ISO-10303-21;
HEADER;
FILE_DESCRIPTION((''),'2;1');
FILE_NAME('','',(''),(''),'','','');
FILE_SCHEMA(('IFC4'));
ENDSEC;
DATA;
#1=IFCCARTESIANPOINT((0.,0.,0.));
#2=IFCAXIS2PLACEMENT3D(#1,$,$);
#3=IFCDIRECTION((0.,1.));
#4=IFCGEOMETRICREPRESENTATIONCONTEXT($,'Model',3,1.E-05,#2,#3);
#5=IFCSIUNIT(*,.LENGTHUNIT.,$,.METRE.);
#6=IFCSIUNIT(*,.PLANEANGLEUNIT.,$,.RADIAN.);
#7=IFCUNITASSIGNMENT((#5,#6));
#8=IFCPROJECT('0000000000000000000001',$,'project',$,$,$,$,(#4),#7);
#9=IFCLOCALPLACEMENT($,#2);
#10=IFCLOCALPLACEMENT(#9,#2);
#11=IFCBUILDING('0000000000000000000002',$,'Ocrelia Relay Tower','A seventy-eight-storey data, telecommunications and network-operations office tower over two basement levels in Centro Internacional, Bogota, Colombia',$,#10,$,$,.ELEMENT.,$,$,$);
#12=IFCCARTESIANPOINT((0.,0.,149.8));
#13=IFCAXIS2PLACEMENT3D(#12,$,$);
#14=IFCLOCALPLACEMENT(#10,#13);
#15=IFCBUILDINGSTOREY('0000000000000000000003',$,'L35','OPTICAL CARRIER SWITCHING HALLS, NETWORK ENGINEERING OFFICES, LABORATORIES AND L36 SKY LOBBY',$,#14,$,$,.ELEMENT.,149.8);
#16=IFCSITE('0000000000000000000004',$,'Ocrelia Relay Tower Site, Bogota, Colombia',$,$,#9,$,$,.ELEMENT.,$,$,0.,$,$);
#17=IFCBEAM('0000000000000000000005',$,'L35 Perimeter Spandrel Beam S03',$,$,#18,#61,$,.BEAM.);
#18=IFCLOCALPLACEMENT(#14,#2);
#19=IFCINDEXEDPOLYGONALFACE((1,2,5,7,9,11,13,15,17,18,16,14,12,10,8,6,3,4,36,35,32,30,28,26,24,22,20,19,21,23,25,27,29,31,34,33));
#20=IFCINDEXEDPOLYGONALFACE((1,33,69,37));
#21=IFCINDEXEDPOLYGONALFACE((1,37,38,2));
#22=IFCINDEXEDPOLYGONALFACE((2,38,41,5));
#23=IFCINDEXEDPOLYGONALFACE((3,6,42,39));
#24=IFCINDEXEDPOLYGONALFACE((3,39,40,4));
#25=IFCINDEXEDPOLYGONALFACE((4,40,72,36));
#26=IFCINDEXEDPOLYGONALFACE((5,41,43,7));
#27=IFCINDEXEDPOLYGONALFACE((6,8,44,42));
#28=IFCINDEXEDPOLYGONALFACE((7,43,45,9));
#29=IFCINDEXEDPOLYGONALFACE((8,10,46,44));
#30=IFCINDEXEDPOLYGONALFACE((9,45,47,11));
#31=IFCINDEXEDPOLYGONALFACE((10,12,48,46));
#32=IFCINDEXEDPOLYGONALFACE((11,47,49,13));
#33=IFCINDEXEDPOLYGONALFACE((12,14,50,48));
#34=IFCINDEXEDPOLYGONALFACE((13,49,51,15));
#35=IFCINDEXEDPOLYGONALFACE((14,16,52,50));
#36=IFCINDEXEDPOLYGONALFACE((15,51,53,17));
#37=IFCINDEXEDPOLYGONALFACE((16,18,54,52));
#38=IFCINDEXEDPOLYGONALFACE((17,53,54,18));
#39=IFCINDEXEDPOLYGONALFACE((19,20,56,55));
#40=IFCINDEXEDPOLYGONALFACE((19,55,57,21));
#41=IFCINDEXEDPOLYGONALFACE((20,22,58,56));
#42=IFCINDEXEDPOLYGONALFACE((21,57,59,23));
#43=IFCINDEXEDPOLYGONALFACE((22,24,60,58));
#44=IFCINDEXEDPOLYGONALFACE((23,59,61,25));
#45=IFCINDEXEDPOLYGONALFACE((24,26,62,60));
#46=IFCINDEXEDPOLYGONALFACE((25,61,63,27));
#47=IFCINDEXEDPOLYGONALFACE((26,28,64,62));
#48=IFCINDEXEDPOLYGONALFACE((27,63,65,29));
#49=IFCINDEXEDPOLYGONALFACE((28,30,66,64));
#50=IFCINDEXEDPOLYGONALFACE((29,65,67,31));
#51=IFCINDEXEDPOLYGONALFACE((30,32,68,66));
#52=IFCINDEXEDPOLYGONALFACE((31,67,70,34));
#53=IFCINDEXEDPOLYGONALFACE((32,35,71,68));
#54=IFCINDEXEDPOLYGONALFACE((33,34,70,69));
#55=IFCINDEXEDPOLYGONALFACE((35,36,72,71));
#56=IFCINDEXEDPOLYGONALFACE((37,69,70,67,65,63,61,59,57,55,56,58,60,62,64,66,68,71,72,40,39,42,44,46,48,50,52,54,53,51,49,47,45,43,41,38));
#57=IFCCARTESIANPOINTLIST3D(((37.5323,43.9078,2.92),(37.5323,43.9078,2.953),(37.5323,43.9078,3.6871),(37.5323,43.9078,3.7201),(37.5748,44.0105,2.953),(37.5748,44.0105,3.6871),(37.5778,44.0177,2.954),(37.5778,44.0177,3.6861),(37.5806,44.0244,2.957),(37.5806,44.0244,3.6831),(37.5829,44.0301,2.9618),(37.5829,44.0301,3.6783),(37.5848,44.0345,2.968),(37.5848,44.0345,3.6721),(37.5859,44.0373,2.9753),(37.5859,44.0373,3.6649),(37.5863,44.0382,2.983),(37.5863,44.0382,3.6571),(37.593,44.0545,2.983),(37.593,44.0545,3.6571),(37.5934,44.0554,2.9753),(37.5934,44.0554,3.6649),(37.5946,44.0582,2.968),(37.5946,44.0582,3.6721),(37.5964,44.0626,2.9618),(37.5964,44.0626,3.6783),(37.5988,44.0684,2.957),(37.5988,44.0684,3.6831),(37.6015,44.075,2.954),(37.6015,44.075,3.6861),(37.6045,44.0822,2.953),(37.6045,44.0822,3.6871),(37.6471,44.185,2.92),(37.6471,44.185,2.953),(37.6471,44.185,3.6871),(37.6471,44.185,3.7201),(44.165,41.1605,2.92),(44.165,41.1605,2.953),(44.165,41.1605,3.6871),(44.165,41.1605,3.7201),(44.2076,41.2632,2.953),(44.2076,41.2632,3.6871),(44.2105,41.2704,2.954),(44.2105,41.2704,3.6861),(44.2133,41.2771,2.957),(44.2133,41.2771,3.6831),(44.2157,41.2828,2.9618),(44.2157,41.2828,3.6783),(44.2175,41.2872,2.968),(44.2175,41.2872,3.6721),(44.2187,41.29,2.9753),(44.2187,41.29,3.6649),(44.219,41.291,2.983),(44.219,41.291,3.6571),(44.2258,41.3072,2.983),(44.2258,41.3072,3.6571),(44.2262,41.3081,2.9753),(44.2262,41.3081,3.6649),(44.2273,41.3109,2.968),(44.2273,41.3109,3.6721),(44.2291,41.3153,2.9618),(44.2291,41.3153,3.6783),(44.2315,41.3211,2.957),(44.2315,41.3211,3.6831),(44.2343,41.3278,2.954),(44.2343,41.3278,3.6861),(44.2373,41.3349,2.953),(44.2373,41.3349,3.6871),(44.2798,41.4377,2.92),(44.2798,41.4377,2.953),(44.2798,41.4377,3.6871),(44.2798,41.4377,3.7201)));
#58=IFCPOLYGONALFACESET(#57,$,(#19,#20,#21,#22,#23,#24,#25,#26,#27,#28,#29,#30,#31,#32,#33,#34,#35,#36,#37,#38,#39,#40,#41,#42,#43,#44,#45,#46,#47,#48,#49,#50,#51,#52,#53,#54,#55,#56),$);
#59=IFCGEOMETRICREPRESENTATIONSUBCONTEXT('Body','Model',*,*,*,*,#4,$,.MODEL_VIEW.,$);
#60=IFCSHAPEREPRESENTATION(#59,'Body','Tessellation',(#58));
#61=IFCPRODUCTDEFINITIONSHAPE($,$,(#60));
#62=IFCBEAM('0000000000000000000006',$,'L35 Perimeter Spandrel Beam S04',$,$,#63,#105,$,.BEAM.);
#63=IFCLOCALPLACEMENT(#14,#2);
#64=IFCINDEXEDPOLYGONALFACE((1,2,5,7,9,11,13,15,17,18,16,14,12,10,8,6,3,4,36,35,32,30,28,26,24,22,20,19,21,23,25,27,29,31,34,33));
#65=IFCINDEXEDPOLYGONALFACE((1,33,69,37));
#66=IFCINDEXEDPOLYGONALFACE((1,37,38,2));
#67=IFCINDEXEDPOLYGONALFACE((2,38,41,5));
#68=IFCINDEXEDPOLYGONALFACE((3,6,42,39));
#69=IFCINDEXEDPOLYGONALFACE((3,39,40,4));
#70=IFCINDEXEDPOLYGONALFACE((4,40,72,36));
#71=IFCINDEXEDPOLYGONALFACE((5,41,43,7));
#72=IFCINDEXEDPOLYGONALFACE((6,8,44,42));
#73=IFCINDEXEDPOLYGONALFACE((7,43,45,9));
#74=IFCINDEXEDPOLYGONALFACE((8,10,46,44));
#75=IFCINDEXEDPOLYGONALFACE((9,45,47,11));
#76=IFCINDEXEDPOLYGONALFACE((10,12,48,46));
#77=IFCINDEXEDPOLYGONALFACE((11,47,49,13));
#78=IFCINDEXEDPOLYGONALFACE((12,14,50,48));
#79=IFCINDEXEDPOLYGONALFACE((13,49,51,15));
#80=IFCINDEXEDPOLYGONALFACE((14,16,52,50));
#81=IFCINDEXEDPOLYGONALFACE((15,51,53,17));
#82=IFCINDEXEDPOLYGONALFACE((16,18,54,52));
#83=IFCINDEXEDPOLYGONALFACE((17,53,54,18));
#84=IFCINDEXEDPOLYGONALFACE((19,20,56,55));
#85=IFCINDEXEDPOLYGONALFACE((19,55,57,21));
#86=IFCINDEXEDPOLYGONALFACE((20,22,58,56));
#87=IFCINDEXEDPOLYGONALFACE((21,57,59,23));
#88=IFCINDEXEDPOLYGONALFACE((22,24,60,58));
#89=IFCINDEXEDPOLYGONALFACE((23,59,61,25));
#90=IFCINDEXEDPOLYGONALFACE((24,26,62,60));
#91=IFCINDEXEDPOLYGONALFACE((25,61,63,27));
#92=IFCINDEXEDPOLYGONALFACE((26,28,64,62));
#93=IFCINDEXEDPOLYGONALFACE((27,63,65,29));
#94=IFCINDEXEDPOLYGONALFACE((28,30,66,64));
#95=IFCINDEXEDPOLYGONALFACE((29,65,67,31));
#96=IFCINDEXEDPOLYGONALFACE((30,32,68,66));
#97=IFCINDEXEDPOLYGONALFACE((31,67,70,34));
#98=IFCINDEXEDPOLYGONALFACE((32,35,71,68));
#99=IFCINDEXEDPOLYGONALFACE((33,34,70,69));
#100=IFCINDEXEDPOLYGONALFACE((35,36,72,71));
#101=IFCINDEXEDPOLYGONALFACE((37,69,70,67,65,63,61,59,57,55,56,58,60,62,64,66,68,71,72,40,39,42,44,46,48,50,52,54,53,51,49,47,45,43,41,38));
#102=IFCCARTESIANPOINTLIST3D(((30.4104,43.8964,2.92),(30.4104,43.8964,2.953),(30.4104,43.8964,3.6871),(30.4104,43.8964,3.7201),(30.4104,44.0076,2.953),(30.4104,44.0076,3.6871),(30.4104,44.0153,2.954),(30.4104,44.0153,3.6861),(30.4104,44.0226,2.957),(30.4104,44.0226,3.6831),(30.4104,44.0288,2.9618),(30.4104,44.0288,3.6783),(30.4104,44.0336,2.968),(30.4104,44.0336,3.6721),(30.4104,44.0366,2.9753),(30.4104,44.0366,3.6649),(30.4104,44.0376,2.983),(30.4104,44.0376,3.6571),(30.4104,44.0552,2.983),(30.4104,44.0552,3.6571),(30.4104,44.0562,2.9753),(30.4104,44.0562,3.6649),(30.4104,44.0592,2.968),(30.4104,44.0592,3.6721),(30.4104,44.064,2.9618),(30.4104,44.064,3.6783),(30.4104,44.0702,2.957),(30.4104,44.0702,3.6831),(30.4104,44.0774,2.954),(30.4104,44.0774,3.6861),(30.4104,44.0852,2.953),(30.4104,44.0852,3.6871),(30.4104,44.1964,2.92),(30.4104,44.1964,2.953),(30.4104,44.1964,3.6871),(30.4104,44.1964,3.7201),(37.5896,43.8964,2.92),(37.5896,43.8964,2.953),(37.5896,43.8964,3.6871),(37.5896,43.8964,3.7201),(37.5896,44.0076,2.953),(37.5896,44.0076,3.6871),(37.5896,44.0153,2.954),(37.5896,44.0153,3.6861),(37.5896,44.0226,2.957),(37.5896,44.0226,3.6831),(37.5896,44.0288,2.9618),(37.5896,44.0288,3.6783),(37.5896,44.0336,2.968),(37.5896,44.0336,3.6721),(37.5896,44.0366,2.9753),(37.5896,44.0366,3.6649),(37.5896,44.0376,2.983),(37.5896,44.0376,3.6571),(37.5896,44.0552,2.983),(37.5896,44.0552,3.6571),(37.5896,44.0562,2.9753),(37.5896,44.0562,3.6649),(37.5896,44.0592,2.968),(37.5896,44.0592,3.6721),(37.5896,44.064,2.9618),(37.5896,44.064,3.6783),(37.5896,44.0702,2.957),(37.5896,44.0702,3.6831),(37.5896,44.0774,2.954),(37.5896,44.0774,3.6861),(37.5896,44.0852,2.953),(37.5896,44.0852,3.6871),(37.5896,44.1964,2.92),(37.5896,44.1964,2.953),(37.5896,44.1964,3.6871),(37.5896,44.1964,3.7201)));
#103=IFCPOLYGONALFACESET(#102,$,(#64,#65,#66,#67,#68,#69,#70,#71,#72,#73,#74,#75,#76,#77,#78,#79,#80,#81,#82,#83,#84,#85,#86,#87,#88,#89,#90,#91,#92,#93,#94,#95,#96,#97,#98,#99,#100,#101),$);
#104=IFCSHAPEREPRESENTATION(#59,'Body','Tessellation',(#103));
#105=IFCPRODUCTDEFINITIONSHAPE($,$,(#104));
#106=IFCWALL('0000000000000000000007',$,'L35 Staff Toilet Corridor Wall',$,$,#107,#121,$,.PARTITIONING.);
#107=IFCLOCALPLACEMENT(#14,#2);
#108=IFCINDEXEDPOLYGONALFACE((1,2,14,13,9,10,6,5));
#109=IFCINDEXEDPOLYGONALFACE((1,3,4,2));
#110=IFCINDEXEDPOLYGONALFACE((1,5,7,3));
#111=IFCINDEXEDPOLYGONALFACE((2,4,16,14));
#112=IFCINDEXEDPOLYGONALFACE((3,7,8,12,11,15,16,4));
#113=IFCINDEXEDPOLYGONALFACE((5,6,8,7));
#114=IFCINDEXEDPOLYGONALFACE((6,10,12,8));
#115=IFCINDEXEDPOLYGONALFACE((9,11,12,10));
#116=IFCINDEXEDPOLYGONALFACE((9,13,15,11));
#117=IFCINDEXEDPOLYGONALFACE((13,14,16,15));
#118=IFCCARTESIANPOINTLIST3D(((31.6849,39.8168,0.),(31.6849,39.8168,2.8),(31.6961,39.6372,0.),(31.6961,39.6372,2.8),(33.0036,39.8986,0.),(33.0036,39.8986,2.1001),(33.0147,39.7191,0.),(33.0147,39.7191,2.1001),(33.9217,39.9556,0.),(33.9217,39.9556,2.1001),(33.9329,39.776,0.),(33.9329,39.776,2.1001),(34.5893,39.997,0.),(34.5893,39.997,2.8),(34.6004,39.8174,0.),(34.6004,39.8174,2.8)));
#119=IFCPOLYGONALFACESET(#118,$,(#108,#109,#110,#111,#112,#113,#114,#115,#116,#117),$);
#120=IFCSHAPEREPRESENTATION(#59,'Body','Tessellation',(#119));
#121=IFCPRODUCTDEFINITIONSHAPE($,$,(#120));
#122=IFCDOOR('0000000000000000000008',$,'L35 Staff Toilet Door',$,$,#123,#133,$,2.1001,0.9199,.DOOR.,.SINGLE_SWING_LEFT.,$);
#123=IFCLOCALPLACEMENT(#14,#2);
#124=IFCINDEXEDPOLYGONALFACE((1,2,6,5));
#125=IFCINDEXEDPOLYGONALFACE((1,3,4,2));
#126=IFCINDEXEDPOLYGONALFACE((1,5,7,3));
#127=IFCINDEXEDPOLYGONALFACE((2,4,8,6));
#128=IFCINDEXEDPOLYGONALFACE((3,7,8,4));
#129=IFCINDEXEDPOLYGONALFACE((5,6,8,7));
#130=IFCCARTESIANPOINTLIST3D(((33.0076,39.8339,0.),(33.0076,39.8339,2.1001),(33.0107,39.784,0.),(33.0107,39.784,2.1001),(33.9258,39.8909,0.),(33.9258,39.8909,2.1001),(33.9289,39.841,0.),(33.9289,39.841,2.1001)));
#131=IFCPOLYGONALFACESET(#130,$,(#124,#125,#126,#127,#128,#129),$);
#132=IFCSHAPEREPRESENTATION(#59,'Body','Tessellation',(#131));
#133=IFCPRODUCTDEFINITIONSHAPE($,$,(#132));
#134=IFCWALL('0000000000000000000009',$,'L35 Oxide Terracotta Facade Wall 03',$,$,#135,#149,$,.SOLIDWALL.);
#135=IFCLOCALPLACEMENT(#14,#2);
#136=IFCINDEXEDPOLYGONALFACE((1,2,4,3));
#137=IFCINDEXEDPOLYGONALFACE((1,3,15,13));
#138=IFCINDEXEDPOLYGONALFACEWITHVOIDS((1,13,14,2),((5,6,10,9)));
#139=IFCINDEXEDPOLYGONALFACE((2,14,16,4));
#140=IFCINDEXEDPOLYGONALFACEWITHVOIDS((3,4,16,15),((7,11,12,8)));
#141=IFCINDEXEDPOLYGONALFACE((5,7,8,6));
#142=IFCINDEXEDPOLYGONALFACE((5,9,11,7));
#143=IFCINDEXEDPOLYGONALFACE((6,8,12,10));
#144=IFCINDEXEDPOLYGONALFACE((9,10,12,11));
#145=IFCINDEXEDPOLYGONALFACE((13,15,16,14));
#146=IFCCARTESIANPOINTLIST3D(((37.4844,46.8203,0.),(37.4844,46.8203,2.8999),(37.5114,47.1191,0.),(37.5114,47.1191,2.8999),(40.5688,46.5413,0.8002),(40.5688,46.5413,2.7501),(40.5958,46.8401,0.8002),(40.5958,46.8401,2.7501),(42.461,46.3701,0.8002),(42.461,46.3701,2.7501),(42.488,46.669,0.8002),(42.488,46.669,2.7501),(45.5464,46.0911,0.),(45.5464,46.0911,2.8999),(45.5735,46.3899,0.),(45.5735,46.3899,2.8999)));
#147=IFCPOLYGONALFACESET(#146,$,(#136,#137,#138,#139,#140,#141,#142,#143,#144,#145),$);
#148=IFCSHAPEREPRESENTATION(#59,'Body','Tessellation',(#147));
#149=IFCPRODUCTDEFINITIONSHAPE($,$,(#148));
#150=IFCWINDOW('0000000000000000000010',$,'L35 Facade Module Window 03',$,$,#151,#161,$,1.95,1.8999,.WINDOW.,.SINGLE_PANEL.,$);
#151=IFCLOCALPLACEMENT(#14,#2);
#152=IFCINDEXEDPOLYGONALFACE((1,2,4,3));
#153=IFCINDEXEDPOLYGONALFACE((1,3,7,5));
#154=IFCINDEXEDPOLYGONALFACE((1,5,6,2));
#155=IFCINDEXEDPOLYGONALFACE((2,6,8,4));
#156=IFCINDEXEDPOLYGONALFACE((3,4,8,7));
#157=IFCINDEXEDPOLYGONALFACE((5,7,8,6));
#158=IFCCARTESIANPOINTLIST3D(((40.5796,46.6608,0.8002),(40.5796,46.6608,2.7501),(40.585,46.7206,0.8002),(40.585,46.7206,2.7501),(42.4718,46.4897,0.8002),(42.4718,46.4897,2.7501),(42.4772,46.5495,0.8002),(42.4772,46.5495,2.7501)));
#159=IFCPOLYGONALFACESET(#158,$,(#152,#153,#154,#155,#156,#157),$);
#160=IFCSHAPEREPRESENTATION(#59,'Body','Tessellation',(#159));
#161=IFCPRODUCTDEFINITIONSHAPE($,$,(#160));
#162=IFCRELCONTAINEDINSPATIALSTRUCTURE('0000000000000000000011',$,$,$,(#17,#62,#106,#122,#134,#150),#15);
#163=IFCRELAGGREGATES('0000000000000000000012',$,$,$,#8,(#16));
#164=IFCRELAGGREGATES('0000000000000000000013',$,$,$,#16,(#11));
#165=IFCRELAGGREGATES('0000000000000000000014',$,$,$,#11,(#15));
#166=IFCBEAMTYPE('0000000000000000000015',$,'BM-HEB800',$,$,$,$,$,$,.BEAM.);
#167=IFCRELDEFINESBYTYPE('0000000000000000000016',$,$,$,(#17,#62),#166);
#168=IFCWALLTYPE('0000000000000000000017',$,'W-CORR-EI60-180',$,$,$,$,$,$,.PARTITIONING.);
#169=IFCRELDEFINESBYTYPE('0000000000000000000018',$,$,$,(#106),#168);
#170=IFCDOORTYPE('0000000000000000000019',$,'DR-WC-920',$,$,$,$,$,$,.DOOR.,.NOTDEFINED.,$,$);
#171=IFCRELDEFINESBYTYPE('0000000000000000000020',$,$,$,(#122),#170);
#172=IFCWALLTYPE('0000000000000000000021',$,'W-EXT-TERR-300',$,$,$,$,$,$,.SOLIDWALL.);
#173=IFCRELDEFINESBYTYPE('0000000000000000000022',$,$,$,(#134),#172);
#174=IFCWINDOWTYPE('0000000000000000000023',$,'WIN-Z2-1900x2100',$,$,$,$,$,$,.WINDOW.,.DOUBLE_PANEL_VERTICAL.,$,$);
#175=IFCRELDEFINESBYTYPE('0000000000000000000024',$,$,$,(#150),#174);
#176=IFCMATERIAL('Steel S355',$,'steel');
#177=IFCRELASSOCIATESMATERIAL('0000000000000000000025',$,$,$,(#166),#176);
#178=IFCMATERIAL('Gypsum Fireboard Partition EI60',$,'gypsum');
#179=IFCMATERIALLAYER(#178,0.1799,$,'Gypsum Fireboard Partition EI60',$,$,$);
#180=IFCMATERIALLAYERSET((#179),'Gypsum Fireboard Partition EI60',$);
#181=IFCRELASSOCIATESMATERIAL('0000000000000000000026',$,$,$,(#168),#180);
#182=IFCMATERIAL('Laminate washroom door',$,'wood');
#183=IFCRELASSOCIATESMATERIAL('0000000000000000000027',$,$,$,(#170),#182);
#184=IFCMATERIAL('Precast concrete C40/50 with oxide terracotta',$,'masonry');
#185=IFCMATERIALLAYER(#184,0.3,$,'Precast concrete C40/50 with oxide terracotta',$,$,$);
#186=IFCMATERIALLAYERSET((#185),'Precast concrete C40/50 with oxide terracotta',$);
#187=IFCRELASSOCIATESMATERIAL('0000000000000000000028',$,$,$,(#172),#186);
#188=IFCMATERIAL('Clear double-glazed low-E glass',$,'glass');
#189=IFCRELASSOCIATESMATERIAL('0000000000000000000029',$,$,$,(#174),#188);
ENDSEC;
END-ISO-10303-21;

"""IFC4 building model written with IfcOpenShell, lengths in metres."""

from ifc_helpers import new_model, si_unit, direction, frame, frame_2d, origin, origin_2d, place, context, subcontext, project, spatial, rectangle, i_section, extrude, material, layer, layer_set, material_profile, profile_set, type_object, element, fill, save


model = new_model("IFC4")

# Units and contexts
model_context = context("Model", 3, precision=1e-05, world=origin(), true_north=direction((0.0, 1.0)))
body_context = subcontext(model_context, "Body", "Model", "MODEL_VIEW")
ifc_project = project(units=[si_unit("LENGTHUNIT", "METRE"), si_unit("PLANEANGLEUNIT", "RADIAN")], contexts=[model_context])

# Site, building, storey
site_placement = place(None, origin())
site = spatial("IfcSite", under=ifc_project, at=site_placement, Name="Ocrelia Relay Tower Site, Bogota, Colombia", CompositionType="ELEMENT", RefElevation=0.0)
building_placement = place(site_placement, origin())
building = spatial("IfcBuilding", under=site, at=building_placement, Name="Ocrelia Relay Tower", Description="A seventy-eight-storey data, telecommunications and network-operations office tower over two basement levels in Centro Internacional, Bogota, Colombia", CompositionType="ELEMENT")
storey_placement = place(building_placement, frame((0.0, 0.0, 149.8)))
storey = spatial("IfcBuildingStorey", under=building, at=storey_placement, Name="L35", Description="OPTICAL CARRIER SWITCHING HALLS, NETWORK ENGINEERING OFFICES, LABORATORIES AND L36 SKY LOBBY", CompositionType="ELEMENT", Elevation=149.8)

# Beams
ifc_material_1 = material(Name="Steel S355", Category="steel")
ifc_material_profile_1 = material_profile(ifc_material_1, i_section(OverallWidth=0.3, OverallDepth=0.8, WebThickness=0.0176, FlangeThickness=0.033, FilletRadius=0.03, at=origin_2d()), Name="HEB 800")
ifc_profile_set_1 = profile_set([ifc_material_profile_1], Name="Steel S355")
beam_type_1 = type_object("IfcBeamType", Name="BM-HEB800", PredefinedType="BEAM", material=ifc_profile_set_1)
for number, where, z_axis, x_axis, name in (
    (1, (44.2224, 41.2991, 3.3201), (-0.923884, 0.382673, 0.0), (-0.382673, -0.923884, 0.0), "L35 Perimeter Spandrel Beam S03"),
    (2, (37.5896, 44.0464, 3.3201), (-1.0, 0.0, 0.0), (0.0, -1.0, 0.0), "L35 Perimeter Spandrel Beam S04"),
):
    element("IfcBeam", number, at=place(storey_placement, frame(where, z_axis=z_axis, x_axis=x_axis)), inside=storey, type_object=beam_type_1, Name=name, PredefinedType="BEAM", context=body_context, shape_type="SweptSolid", body=[
        extrude(i_section(OverallWidth=0.3, OverallDepth=0.8, WebThickness=0.0176, FlangeThickness=0.033, FilletRadius=0.03, at=origin_2d()), origin(), (0.0, 0.0, 1.0), 7.1792),
    ])

# Wall, opening, door
ifc_material_2 = material(Name="Gypsum Fireboard Partition EI60", Category="gypsum")
ifc_layer_1 = layer(ifc_material_2, 0.1799, Name="Gypsum Fireboard Partition EI60")
ifc_layer_set_1 = layer_set([ifc_layer_1], Name="Gypsum Fireboard Partition EI60")
wall_type_1 = type_object("IfcWallType", Name="W-CORR-EI60-180", PredefinedType="PARTITIONING", material=ifc_layer_set_1)
wall_1_placement = place(storey_placement, frame((34.595, 39.9072, 0.0), z_axis=(0.0, 0.0, 1.0), x_axis=(-0.998081, -0.061919, 0.0)))
wall_1 = element("IfcWall", 3, at=wall_1_placement, inside=storey, type_object=wall_type_1, Name="L35 Staff Toilet Corridor Wall", PredefinedType="PARTITIONING", context=body_context, shape_type="SweptSolid", body=[
    extrude(rectangle(XDim=2.9099, YDim=0.1799, at=frame_2d((1.4551, 0.0))), origin(), (0.0, 0.0, 1.0), 2.8),
])
opening_1_placement = place(wall_1_placement, frame((0.6689, 0.0, 0.0)))
opening_1 = element("IfcOpeningElement", 4, at=opening_1_placement, cuts=wall_1, PredefinedType="OPENING", context=body_context, shape_type="SweptSolid", body=[
    extrude(rectangle(XDim=0.9199, YDim=2.1001, at=frame_2d((0.46, 1.05))), frame((0.0, 0.1001, 0.0), z_axis=(0.0, -1.0, 0.0), x_axis=(1.0, 0.0, 0.0)), (0.0, 0.0, 1.0), 0.2),
])
ifc_material_3 = material(Name="Laminate washroom door", Category="wood")
door_type = type_object("IfcDoorType", Name="DR-WC-920", OperationType="NOTDEFINED", PredefinedType="DOOR", material=ifc_material_3)
door_placement = place(opening_1_placement, origin())
door = element("IfcDoor", 5, at=door_placement, inside=storey, type_object=door_type, Name="L35 Staff Toilet Door", OperationType="SINGLE_SWING_LEFT", OverallHeight=2.1001, OverallWidth=0.9199, PredefinedType="DOOR", context=body_context, shape_type="SweptSolid", body=[
    extrude(rectangle(XDim=0.9199, YDim=2.1001, at=frame_2d((0.46, 1.05))), frame((0.0, 0.0249, 0.0), z_axis=(0.0, -1.0, 0.0), x_axis=(1.0, 0.0, 0.0)), (0.0, 0.0, 1.0), 0.05),
])
fill(opening_1, door)

# Wall, opening, window
ifc_material_4 = material(Name="Precast concrete C40/50 with oxide terracotta", Category="masonry")
ifc_layer_2 = layer(ifc_material_4, 0.3, Name="Precast concrete C40/50 with oxide terracotta")
ifc_layer_set_2 = layer_set([ifc_layer_2], Name="Precast concrete C40/50 with oxide terracotta")
wall_type_2 = type_object("IfcWallType", Name="W-EXT-TERR-300", PredefinedType="SOLIDWALL", material=ifc_layer_set_2)
wall_2_placement = place(storey_placement, frame((45.5598, 46.2405, 0.0), z_axis=(0.0, 0.0, 1.0), x_axis=(-0.995934, 0.090087, 0.0)))
wall_2 = element("IfcWall", 6, at=wall_2_placement, inside=storey, type_object=wall_type_2, Name="L35 Oxide Terracotta Facade Wall 03", PredefinedType="SOLIDWALL", context=body_context, shape_type="SweptSolid", body=[
    extrude(rectangle(XDim=8.095, YDim=0.3, at=frame_2d((4.0474, 0.0))), origin(), (0.0, 0.0, 1.0), 2.8999),
])
opening_2_placement = place(wall_2_placement, frame((3.0979, 0.0, 0.8)))
opening_2 = element("IfcOpeningElement", 7, at=opening_2_placement, cuts=wall_2, PredefinedType="OPENING", context=body_context, shape_type="SweptSolid", body=[
    extrude(rectangle(XDim=1.8999, YDim=1.95, at=frame_2d((0.95, 0.9751))), frame((0.0, 0.1602, 0.0), z_axis=(0.0, -1.0, 0.0), x_axis=(1.0, 0.0, 0.0)), (0.0, 0.0, 1.0), 0.3201),
])
ifc_material_5 = material(Name="Clear double-glazed low-E glass", Category="glass")
window_type = type_object("IfcWindowType", Name="WIN-Z2-1900x2100", PartitioningType="DOUBLE_PANEL_VERTICAL", PredefinedType="WINDOW", material=ifc_material_5)
window_1_placement = place(opening_2_placement, origin())
window_1 = element("IfcWindow", 8, at=window_1_placement, inside=storey, type_object=window_type, Name="L35 Facade Module Window 03", OverallHeight=1.95, OverallWidth=1.8999, PartitioningType="SINGLE_PANEL", PredefinedType="WINDOW", context=body_context, shape_type="SweptSolid", body=[
    extrude(rectangle(XDim=1.8999, YDim=1.95, at=frame_2d((0.95, 0.9751))), frame((0.0, 0.03, 0.0), z_axis=(0.0, -1.0, 0.0), x_axis=(1.0, 0.0, 0.0)), (0.0, 0.0, 1.0), 0.0601),
])
fill(opening_2, window_1)

save(model, "model.ifc")
